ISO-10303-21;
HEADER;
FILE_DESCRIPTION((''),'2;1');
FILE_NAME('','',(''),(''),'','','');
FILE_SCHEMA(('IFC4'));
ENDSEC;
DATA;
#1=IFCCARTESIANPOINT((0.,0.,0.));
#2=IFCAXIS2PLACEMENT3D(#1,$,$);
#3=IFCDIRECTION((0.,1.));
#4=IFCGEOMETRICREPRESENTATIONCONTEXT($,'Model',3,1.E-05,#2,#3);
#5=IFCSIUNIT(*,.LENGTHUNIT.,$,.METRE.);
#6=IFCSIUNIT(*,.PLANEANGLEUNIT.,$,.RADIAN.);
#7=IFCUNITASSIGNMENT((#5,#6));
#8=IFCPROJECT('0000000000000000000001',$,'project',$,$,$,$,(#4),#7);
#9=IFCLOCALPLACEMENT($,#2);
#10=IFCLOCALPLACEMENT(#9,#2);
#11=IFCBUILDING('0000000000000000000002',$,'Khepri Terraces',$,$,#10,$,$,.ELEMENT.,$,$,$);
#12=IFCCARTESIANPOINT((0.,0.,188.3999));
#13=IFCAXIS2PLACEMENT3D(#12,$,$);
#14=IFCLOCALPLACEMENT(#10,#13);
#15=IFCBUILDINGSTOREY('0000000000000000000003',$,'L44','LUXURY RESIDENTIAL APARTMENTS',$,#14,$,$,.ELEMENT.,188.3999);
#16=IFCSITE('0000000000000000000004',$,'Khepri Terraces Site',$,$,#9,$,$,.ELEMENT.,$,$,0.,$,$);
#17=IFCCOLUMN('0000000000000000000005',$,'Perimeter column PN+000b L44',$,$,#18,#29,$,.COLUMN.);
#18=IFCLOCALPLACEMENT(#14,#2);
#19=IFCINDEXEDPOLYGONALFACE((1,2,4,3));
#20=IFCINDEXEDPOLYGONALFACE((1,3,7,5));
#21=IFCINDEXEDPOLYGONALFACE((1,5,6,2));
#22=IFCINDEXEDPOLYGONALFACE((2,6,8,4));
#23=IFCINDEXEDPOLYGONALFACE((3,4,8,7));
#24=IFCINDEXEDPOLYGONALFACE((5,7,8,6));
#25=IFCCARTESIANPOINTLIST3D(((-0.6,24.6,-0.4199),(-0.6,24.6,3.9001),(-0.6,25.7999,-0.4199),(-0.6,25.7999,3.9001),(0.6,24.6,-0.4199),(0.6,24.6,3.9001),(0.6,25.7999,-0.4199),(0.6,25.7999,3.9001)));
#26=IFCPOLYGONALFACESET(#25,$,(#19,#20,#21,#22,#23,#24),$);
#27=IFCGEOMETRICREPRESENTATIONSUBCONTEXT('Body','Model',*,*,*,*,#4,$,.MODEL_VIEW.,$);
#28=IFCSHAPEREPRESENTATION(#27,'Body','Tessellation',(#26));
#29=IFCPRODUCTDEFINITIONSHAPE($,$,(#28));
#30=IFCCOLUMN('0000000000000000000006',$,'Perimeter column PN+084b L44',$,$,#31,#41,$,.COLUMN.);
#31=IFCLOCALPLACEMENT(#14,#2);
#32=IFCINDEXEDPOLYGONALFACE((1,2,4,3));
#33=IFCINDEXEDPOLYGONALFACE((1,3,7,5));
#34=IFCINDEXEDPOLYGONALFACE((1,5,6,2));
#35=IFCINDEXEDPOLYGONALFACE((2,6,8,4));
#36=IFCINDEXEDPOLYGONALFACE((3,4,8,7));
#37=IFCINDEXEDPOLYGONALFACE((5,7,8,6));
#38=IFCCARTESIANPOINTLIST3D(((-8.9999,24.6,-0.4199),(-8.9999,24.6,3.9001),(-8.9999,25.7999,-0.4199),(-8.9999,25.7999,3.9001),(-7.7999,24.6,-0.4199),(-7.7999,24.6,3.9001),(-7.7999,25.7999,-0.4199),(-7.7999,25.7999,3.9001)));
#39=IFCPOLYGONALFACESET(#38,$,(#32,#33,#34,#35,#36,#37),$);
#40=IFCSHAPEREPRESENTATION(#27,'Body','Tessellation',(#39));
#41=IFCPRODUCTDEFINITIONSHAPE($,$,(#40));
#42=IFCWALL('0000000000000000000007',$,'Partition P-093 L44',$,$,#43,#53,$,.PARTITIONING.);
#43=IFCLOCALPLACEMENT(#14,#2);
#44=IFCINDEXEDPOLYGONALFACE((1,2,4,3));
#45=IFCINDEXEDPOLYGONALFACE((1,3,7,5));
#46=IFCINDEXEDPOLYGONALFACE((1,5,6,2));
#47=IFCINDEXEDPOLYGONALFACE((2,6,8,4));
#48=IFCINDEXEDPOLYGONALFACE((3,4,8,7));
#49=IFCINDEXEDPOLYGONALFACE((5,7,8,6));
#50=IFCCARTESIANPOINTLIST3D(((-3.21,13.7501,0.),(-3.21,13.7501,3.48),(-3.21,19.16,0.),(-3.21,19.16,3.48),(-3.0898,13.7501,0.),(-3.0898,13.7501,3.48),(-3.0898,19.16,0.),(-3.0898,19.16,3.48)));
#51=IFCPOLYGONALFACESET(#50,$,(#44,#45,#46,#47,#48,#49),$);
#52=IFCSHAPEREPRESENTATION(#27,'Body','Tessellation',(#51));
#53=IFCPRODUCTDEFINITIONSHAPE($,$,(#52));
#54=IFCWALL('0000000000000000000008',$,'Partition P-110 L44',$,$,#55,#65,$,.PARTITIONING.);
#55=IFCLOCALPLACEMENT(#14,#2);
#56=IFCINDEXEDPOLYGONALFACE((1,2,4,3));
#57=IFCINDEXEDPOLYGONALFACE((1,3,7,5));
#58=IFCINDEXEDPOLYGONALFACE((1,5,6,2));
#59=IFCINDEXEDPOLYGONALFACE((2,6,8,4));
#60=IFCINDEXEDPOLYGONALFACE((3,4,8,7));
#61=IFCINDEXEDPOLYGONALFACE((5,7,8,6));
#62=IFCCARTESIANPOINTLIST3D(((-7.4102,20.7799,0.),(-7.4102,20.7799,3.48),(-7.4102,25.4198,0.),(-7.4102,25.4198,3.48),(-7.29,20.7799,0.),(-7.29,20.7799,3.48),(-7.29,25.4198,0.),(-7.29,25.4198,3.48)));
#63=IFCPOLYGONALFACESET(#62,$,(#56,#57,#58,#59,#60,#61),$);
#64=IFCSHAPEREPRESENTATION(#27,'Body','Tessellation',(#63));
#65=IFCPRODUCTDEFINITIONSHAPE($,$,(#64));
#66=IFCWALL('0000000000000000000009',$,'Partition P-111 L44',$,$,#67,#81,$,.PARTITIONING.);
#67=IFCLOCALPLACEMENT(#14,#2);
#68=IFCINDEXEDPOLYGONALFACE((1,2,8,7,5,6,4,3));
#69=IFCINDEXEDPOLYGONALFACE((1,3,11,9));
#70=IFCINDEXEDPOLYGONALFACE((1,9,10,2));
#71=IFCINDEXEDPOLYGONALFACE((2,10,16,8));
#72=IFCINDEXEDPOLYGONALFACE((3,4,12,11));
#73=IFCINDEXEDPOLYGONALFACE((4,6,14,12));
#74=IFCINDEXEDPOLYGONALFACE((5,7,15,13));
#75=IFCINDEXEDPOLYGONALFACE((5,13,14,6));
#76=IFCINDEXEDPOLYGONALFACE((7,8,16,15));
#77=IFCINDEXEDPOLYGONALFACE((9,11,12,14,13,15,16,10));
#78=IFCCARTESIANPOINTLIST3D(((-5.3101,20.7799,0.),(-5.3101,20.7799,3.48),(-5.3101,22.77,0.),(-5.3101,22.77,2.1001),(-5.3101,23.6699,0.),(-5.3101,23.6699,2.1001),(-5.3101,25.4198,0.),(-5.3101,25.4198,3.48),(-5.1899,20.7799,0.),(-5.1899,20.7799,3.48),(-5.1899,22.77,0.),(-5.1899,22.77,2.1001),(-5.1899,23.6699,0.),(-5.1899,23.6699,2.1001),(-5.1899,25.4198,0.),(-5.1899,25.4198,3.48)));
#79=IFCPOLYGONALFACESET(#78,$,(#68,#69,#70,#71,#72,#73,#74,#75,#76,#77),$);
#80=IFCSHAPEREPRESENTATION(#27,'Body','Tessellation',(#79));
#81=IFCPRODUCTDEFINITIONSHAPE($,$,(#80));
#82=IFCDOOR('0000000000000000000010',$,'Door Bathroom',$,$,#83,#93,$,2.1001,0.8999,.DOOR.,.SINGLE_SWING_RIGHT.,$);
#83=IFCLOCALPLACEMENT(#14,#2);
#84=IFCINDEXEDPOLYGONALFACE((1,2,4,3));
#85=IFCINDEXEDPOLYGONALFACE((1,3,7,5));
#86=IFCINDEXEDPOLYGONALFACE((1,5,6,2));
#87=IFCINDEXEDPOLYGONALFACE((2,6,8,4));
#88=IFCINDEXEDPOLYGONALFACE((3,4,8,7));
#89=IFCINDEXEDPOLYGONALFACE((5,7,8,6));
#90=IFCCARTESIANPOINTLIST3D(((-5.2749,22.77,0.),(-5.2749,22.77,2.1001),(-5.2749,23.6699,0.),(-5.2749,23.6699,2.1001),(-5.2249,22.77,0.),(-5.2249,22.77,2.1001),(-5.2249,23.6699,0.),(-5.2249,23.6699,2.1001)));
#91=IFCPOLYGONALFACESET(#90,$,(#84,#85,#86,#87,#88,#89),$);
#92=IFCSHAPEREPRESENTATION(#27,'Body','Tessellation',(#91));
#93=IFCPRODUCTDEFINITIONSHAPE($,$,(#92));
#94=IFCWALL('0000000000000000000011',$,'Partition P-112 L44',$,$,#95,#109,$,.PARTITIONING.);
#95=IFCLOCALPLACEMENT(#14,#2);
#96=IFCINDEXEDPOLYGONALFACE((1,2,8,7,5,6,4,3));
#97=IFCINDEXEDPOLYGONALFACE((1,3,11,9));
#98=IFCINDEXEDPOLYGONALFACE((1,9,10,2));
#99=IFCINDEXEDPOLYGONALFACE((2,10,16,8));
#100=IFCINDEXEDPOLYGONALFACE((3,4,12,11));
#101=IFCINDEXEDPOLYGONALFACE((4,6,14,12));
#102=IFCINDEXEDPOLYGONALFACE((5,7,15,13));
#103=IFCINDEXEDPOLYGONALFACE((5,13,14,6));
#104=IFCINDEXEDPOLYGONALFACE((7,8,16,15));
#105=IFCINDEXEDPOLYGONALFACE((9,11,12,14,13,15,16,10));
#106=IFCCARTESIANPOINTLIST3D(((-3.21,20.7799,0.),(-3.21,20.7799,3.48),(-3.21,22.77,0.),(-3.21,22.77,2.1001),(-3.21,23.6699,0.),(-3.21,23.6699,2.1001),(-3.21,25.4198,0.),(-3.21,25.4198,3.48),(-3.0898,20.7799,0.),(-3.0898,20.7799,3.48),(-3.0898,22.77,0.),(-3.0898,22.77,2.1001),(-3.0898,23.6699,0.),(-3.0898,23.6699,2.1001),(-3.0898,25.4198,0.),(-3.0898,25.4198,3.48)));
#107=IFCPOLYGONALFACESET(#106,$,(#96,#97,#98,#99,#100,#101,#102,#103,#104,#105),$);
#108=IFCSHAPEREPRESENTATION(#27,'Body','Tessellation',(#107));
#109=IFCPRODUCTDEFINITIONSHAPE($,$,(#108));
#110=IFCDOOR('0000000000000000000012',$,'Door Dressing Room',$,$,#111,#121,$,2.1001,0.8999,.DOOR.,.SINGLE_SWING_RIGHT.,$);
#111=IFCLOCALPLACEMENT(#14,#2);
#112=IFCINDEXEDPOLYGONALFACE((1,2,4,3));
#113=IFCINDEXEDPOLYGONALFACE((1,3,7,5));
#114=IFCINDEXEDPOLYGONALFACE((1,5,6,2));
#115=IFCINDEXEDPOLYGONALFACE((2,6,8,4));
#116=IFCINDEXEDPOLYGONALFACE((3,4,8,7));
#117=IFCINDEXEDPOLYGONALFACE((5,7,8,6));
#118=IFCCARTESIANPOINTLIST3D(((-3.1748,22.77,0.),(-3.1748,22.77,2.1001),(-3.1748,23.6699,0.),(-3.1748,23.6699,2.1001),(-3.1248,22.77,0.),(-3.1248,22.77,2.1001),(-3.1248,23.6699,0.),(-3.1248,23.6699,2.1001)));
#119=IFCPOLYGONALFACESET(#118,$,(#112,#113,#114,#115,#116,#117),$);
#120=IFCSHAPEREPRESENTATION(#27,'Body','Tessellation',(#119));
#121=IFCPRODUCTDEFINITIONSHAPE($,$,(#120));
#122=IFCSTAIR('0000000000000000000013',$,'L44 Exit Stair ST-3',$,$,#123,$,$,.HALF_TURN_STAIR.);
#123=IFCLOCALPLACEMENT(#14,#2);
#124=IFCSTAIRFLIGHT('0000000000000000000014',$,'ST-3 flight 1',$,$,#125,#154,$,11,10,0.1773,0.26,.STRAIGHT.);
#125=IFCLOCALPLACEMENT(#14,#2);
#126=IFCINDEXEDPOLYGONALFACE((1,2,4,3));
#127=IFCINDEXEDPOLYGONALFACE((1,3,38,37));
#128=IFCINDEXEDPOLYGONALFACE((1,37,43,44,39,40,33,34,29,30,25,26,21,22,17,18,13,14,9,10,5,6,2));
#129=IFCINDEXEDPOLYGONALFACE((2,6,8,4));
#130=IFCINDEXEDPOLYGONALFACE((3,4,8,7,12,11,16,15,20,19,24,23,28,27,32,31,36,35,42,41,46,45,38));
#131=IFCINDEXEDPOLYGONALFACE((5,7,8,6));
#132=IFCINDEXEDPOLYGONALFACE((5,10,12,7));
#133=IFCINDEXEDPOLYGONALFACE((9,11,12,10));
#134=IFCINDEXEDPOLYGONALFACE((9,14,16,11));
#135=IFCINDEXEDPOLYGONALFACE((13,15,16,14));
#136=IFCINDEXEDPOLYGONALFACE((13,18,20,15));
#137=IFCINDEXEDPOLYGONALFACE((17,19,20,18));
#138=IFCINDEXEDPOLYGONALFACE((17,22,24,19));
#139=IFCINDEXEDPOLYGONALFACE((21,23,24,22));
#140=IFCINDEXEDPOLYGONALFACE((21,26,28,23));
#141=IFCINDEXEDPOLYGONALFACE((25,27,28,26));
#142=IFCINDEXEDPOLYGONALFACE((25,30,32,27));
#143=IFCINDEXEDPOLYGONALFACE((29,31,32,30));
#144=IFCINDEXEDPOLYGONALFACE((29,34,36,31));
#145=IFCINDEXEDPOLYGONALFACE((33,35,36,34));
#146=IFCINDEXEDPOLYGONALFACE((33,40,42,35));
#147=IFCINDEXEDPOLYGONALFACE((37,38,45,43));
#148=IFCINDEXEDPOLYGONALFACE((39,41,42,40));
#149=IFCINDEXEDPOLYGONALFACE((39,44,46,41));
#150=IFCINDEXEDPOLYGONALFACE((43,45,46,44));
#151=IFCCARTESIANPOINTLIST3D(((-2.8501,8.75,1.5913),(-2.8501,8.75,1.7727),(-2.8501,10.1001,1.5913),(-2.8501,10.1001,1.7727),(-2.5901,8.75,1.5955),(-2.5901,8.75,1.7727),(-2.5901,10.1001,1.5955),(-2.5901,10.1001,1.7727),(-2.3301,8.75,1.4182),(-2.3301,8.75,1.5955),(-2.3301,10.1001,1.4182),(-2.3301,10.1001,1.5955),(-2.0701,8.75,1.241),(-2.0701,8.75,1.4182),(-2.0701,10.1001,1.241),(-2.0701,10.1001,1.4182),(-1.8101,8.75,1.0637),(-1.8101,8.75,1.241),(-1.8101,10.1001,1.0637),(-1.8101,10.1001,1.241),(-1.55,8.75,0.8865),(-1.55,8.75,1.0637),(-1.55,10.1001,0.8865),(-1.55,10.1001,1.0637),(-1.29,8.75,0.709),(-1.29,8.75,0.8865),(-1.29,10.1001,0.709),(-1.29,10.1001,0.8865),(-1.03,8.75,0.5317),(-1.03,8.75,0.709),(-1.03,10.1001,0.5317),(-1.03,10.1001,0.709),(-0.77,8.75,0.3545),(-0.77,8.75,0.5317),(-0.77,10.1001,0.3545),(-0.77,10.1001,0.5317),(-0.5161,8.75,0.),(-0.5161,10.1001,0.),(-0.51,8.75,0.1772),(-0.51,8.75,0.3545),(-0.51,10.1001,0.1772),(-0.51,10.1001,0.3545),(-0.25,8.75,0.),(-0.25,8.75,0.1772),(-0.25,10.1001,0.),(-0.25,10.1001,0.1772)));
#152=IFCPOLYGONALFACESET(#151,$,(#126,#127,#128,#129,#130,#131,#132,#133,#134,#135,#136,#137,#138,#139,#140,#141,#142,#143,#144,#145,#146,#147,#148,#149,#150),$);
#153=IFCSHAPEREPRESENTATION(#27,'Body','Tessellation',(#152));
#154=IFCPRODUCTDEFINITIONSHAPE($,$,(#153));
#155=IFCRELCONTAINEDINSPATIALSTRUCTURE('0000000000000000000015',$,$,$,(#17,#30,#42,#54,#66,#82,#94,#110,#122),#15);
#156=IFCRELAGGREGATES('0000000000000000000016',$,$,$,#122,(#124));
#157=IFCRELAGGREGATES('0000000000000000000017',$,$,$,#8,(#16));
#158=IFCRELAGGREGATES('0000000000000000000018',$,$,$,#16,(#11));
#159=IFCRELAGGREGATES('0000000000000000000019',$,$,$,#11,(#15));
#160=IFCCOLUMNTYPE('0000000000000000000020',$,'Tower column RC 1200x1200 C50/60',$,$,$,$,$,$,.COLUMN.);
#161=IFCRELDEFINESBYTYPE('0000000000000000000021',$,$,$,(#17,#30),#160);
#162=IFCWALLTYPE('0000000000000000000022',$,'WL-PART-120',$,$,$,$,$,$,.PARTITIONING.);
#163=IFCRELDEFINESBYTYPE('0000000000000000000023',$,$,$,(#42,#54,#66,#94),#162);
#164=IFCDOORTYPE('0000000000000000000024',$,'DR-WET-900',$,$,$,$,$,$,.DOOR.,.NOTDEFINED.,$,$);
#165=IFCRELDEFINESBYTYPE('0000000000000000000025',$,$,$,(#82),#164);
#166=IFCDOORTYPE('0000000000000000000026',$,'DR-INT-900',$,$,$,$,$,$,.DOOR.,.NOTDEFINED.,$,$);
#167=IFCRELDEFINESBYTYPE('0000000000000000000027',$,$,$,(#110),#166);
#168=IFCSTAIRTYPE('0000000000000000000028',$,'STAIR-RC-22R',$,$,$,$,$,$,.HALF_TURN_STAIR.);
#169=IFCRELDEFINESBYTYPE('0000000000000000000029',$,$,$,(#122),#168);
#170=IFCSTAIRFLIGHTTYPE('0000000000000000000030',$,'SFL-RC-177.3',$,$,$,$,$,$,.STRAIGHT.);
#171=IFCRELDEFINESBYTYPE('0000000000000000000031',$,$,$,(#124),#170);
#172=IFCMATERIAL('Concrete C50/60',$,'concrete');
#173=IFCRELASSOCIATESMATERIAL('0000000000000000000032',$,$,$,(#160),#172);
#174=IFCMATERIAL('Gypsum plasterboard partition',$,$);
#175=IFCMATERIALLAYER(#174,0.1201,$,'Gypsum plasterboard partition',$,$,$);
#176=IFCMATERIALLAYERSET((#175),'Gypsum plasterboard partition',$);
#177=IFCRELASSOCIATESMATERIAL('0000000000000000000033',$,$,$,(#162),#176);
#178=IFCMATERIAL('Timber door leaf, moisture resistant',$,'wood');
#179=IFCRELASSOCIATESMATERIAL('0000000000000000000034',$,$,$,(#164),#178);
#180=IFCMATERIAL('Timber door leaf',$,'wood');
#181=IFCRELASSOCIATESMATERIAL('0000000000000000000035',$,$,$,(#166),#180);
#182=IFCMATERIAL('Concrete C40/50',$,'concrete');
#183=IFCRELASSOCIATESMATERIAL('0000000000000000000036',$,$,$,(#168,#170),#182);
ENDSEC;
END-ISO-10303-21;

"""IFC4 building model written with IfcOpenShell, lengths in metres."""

from ifc_helpers import new_model, si_unit, direction, frame, frame_2d, origin, origin_2d, place, context, subcontext, project, spatial, polyline, rectangle, outline, extrude, material, layer, layer_set, material_profile, profile_set, type_object, element, fill, aggregate, save


model = new_model("IFC4")

# Units and contexts
model_context = context("Model", 3, precision=1e-05, world=origin(), true_north=direction((0.0, 1.0)))
body_context = subcontext(model_context, "Body", "Model", "MODEL_VIEW")
ifc_project = project(units=[si_unit("LENGTHUNIT", "METRE"), si_unit("PLANEANGLEUNIT", "RADIAN")], contexts=[model_context])

# Site, building, storey
site_placement = place(None, origin())
site = spatial("IfcSite", under=ifc_project, at=site_placement, Name="Khepri Terraces Site", CompositionType="ELEMENT", RefElevation=0.0)
building_placement = place(site_placement, origin())
building = spatial("IfcBuilding", under=site, at=building_placement, Name="Khepri Terraces", CompositionType="ELEMENT")
storey_placement = place(building_placement, frame((0.0, 0.0, 188.3999)))
storey = spatial("IfcBuildingStorey", under=building, at=storey_placement, Name="L44", Description="LUXURY RESIDENTIAL APARTMENTS", CompositionType="ELEMENT", Elevation=188.3999)

# Columns
ifc_material_1 = material(Name="Concrete C50/60", Category="concrete")
ifc_material_profile = material_profile(ifc_material_1, rectangle(XDim=1.2, YDim=1.2, at=origin_2d()), Name="Concrete C50/60", Category="concrete")
ifc_profile_set = profile_set([ifc_material_profile], Name="Concrete C50/60")
column_type = type_object("IfcColumnType", Name="Tower column RC 1200x1200 C50/60", PredefinedType="COLUMN", material=ifc_profile_set)
for number, where, z_axis, x_axis, name in (
    (1, (0.0, 25.2, -0.4199), (0.0, 0.0, 1.0), (1.0, 0.0, 0.0), "Perimeter column PN+000b L44"),
    (2, (-8.3999, 25.2, -0.4199), (0.0, 0.0, 1.0), (1.0, 0.0, 0.0), "Perimeter column PN+084b L44"),
):
    element("IfcColumn", number, at=place(storey_placement, frame(where, z_axis=z_axis, x_axis=x_axis)), inside=storey, type_object=column_type, Name=name, PredefinedType="COLUMN", context=body_context, shape_type="SweptSolid", body=[
        extrude(rectangle(XDim=1.2, YDim=1.2, at=origin_2d()), origin(), (0.0, 0.0, 1.0), 4.3201),
    ])

# Walls
ifc_material_2 = material(Name="Gypsum plasterboard partition")
ifc_layer_1 = layer(ifc_material_2, 0.1201, Name="Gypsum plasterboard partition")
ifc_layer_set_1 = layer_set([ifc_layer_1], Name="Gypsum plasterboard partition")
wall_type_1 = type_object("IfcWallType", Name="WL-PART-120", PredefinedType="PARTITIONING", material=ifc_layer_set_1)
wall_1_placement = place(storey_placement, frame((-3.1499, 13.75, 0.0), z_axis=(0.0, 0.0, 1.0), x_axis=(0.0, 1.0, 0.0)))
element("IfcWall", 3, at=wall_1_placement, inside=storey, type_object=wall_type_1, Name="Partition P-093 L44", PredefinedType="PARTITIONING", context=body_context, shape_type="SweptSolid", body=[
    extrude(rectangle(XDim=5.4099, YDim=0.1201, at=frame_2d((2.7051, 0.0))), origin(), (0.0, 0.0, 1.0), 3.48),
])
wall_2_placement = place(storey_placement, frame((-7.3501, 20.78, 0.0), z_axis=(0.0, 0.0, 1.0), x_axis=(0.0, 1.0, 0.0)))
element("IfcWall", 4, at=wall_2_placement, inside=storey, type_object=wall_type_1, Name="Partition P-110 L44", PredefinedType="PARTITIONING", context=body_context, shape_type="SweptSolid", body=[
    extrude(rectangle(XDim=4.6399, YDim=0.1201, at=frame_2d((2.3198, 0.0))), origin(), (0.0, 0.0, 1.0), 3.48),
])

# Walls, openings, doors
wall_3_placement = place(storey_placement, frame((-5.25, 20.78, 0.0), z_axis=(0.0, 0.0, 1.0), x_axis=(0.0, 1.0, 0.0)))
wall_3 = element("IfcWall", 5, at=wall_3_placement, inside=storey, type_object=wall_type_1, Name="Partition P-111 L44", PredefinedType="PARTITIONING", context=body_context, shape_type="SweptSolid", body=[
    extrude(rectangle(XDim=4.6399, YDim=0.1201, at=frame_2d((2.3198, 0.0))), origin(), (0.0, 0.0, 1.0), 3.48),
])
opening_1_placement = place(wall_3_placement, frame((1.99, 0.0, 0.0)))
opening_1 = element("IfcOpeningElement", 6, at=opening_1_placement, cuts=wall_3, PredefinedType="OPENING", context=body_context, shape_type="SweptSolid", body=[
    extrude(rectangle(XDim=0.8999, YDim=2.1001, at=frame_2d((0.45, 1.05))), frame((0.0, 0.0701, 0.0), z_axis=(0.0, -1.0, 0.0), x_axis=(1.0, 0.0, 0.0)), (0.0, 0.0, 1.0), 0.1401),
])
ifc_material_3 = material(Name="Timber door leaf, moisture resistant", Category="wood")
door_type_1 = type_object("IfcDoorType", Name="DR-WET-900", OperationType="NOTDEFINED", PredefinedType="DOOR", material=ifc_material_3)
door_1_placement = place(opening_1_placement, origin())
door_1 = element("IfcDoor", 7, at=door_1_placement, inside=storey, type_object=door_type_1, Name="Door Bathroom", OperationType="SINGLE_SWING_RIGHT", OverallHeight=2.1001, OverallWidth=0.8999, PredefinedType="DOOR", context=body_context, shape_type="SweptSolid", body=[
    extrude(rectangle(XDim=0.8999, YDim=2.1001, at=frame_2d((0.45, 1.05))), frame((0.0, 0.0249, 0.0), z_axis=(0.0, -1.0, 0.0), x_axis=(1.0, 0.0, 0.0)), (0.0, 0.0, 1.0), 0.05),
])
fill(opening_1, door_1)
wall_4_placement = place(storey_placement, frame((-3.1499, 20.78, 0.0), z_axis=(0.0, 0.0, 1.0), x_axis=(0.0, 1.0, 0.0)))
wall_4 = element("IfcWall", 8, at=wall_4_placement, inside=storey, type_object=wall_type_1, Name="Partition P-112 L44", PredefinedType="PARTITIONING", context=body_context, shape_type="SweptSolid", body=[
    extrude(rectangle(XDim=4.6399, YDim=0.1201, at=frame_2d((2.3198, 0.0))), origin(), (0.0, 0.0, 1.0), 3.48),
])
opening_2_placement = place(wall_4_placement, frame((1.99, 0.0, 0.0)))
opening_2 = element("IfcOpeningElement", 9, at=opening_2_placement, cuts=wall_4, PredefinedType="OPENING", context=body_context, shape_type="SweptSolid", body=[
    extrude(rectangle(XDim=0.8999, YDim=2.1001, at=frame_2d((0.45, 1.05))), frame((0.0, 0.0701, 0.0), z_axis=(0.0, -1.0, 0.0), x_axis=(1.0, 0.0, 0.0)), (0.0, 0.0, 1.0), 0.1401),
])
ifc_material_4 = material(Name="Timber door leaf", Category="wood")
door_type_2 = type_object("IfcDoorType", Name="DR-INT-900", OperationType="NOTDEFINED", PredefinedType="DOOR", material=ifc_material_4)
door_2_placement = place(opening_2_placement, origin())
door_2 = element("IfcDoor", 10, at=door_2_placement, inside=storey, type_object=door_type_2, Name="Door Dressing Room", OperationType="SINGLE_SWING_RIGHT", OverallHeight=2.1001, OverallWidth=0.8999, PredefinedType="DOOR", context=body_context, shape_type="SweptSolid", body=[
    extrude(rectangle(XDim=0.8999, YDim=2.1001, at=frame_2d((0.45, 1.05))), frame((0.0, 0.0249, 0.0), z_axis=(0.0, -1.0, 0.0), x_axis=(1.0, 0.0, 0.0)), (0.0, 0.0, 1.0), 0.05),
])
fill(opening_2, door_2)

# Stair, stair flight
ifc_material_5 = material(Name="Concrete C40/50", Category="concrete")
stair_type = type_object("IfcStairType", Name="STAIR-RC-22R", PredefinedType="HALF_TURN_STAIR", material=ifc_material_5)
stair_placement = place(storey_placement, origin())
stair = element("IfcStair", 11, at=stair_placement, inside=storey, type_object=stair_type, Name="L44 Exit Stair ST-3", PredefinedType="HALF_TURN_STAIR")
stair_flight_type = type_object("IfcStairFlightType", Name="SFL-RC-177.3", PredefinedType="STRAIGHT", material=ifc_material_5)
stair_flight_placement = place(storey_placement, frame((-0.25, 9.425, 0.0), z_axis=(0.0, 0.0, 1.0), x_axis=(-1.0, 0.0, 0.0)))
stair_flight = element("IfcStairFlight", 12, at=stair_flight_placement, type_object=stair_flight_type, Name="ST-3 flight 1", NumberOfRisers=11, NumberOfTreads=10, PredefinedType="STRAIGHT", RiserHeight=0.1773, TreadLength=0.26, context=body_context, shape_type="SweptSolid", body=[
    extrude(outline(polyline([(0.0, 0.0), (0.0, 0.1772), (0.26, 0.1772), (0.26, 0.3545), (0.52, 0.3545), (0.52, 0.5317), (0.78, 0.5317), (0.78, 0.709), (1.04, 0.709), (1.04, 0.8865), (1.3, 0.8865), (1.3, 1.0637), (1.5601, 1.0637), (1.5601, 1.241), (1.8201, 1.241), (1.8201, 1.4182), (2.0801, 1.4182), (2.0801, 1.5955), (2.3401, 1.5955), (2.3401, 1.7727), (2.6001, 1.7727), (2.6001, 1.95), (2.6001, 1.5913), (0.2661, 0.0), (0.0, 0.0)])), frame((0.0, 0.675, 0.0), z_axis=(0.0, -1.0, 0.0), x_axis=(1.0, 0.0, 0.0)), (0.0, 0.0, 1.0), 1.3501),
])
aggregate(stair, [stair_flight])

save(model, "model.ifc")
